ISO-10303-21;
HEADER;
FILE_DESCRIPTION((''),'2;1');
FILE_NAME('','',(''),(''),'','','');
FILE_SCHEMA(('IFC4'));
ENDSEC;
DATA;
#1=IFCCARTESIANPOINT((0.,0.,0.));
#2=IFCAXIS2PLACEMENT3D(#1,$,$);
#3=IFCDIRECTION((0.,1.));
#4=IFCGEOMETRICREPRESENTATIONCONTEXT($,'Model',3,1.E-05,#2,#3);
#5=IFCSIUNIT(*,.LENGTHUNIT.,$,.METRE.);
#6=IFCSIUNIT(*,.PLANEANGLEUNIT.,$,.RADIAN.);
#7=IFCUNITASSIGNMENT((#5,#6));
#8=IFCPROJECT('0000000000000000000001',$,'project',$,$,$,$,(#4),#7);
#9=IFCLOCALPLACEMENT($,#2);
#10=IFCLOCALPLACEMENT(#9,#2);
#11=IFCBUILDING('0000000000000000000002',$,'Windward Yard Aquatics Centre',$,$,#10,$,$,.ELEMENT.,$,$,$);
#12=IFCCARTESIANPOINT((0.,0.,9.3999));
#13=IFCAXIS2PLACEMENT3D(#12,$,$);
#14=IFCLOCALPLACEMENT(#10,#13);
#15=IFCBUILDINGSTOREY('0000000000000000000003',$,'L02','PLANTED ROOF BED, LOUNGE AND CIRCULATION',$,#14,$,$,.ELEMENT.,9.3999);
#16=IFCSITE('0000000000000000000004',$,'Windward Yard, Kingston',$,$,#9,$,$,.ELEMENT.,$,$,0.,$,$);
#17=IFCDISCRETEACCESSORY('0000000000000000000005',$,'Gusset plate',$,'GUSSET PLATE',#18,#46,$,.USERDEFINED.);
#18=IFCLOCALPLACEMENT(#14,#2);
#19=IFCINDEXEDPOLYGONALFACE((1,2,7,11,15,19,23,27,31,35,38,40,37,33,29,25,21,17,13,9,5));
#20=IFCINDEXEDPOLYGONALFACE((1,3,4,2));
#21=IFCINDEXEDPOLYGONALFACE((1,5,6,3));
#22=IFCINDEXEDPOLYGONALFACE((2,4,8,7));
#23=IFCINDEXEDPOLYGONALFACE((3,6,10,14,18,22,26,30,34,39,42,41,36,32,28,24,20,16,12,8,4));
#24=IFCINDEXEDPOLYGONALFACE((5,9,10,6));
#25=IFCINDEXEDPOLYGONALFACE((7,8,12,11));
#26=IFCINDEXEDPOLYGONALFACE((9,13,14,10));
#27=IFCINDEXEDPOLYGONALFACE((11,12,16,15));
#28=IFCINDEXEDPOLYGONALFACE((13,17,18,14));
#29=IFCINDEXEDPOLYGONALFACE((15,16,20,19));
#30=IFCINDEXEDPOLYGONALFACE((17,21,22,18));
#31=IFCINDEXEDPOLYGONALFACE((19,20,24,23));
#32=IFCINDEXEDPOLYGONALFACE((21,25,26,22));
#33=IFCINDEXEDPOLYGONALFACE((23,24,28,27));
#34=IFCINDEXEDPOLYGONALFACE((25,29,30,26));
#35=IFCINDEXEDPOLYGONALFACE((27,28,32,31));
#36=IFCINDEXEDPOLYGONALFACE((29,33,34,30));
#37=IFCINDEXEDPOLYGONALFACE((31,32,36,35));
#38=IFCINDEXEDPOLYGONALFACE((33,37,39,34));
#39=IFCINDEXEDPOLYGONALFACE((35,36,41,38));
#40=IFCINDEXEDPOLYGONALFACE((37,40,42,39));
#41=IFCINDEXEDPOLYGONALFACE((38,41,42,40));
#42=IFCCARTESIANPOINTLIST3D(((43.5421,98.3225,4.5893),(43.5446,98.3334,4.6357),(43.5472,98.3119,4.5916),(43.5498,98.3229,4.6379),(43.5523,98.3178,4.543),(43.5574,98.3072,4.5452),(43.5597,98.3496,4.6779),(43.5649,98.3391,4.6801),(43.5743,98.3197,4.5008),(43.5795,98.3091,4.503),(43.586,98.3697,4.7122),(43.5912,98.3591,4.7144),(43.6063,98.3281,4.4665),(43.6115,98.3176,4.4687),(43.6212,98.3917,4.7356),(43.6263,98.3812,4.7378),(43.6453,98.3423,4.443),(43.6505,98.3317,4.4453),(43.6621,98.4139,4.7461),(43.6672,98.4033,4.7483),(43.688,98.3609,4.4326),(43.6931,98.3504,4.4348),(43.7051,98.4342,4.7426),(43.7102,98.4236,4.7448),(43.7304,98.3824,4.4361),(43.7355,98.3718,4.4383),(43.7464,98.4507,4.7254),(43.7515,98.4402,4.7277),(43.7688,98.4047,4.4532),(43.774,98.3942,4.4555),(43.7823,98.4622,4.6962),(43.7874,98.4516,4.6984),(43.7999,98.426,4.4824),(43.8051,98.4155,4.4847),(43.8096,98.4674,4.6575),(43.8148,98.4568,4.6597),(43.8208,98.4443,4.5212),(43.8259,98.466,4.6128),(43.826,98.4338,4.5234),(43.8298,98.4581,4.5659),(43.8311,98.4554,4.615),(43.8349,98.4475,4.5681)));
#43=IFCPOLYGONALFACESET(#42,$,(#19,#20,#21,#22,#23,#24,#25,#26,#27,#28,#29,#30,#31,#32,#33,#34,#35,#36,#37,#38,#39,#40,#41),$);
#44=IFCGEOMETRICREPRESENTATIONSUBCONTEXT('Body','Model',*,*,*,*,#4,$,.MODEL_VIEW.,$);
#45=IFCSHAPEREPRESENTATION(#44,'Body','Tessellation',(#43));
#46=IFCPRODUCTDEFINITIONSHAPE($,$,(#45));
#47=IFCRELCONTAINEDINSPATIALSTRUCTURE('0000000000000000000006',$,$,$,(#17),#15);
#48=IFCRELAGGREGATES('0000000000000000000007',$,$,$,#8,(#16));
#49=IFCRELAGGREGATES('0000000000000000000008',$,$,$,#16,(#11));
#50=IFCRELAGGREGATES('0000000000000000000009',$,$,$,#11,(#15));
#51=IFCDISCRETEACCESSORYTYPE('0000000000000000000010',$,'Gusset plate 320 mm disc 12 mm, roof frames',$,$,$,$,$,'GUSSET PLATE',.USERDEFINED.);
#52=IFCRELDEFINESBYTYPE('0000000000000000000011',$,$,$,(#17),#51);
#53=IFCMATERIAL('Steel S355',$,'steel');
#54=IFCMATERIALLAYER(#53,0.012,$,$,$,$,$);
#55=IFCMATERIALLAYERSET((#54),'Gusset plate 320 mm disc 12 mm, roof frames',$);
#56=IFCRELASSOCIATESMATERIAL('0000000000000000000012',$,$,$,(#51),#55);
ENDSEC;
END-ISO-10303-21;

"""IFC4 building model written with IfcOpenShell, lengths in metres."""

from ifc_helpers import new_model, si_unit, direction, frame, origin, origin_2d, place, context, subcontext, project, spatial, circle, extrude, material, layer, layer_set, type_object, element, save


model = new_model("IFC4")

# Units and contexts
model_context = context("Model", 3, precision=1e-05, world=origin(), true_north=direction((0.0, 1.0)))
body_context = subcontext(model_context, "Body", "Model", "MODEL_VIEW")
ifc_project = project(units=[si_unit("LENGTHUNIT", "METRE"), si_unit("PLANEANGLEUNIT", "RADIAN")], contexts=[model_context])

# Site, building, storey
site_placement = place(None, origin())
site = spatial("IfcSite", under=ifc_project, at=site_placement, Name="Windward Yard, Kingston", CompositionType="ELEMENT", RefElevation=0.0)
building_placement = place(site_placement, origin())
building = spatial("IfcBuilding", under=site, at=building_placement, Name="Windward Yard Aquatics Centre", CompositionType="ELEMENT")
storey_placement = place(building_placement, frame((0.0, 0.0, 9.3999)))
storey = spatial("IfcBuildingStorey", under=building, at=storey_placement, Name="L02", Description="PLANTED ROOF BED, LOUNGE AND CIRCULATION", CompositionType="ELEMENT", Elevation=9.3999)

# Shared definitions
ifc_material_1 = material(Name="Steel S355", Category="steel")

# Discrete accessory
ifc_layer_1 = layer(ifc_material_1, 0.012)
ifc_layer_set_1 = layer_set([ifc_layer_1], Name="Gusset plate 320 mm disc 12 mm, roof frames")
discrete_accessory_type_1 = type_object("IfcDiscreteAccessoryType", Name="Gusset plate 320 mm disc 12 mm, roof frames", ElementType="GUSSET PLATE", PredefinedType="USERDEFINED", material=ifc_layer_set_1)
discrete_accessory_1_placement = place(storey_placement, frame((43.6909, 98.3821, 4.5916), z_axis=(-0.431274, 0.883085, -0.184832), x_axis=(-0.898568, -0.438835, 0.0)))
element("IfcDiscreteAccessory", 1, at=discrete_accessory_1_placement, inside=storey, type_object=discrete_accessory_type_1, Name="Gusset plate", ObjectType="GUSSET PLATE", PredefinedType="USERDEFINED", context=body_context, shape_type="SweptSolid", body=[
    extrude(circle(Radius=0.1599, at=origin_2d()), origin(), (0.0, 0.0, 1.0), 0.012),
])

save(model, "model.ifc")
